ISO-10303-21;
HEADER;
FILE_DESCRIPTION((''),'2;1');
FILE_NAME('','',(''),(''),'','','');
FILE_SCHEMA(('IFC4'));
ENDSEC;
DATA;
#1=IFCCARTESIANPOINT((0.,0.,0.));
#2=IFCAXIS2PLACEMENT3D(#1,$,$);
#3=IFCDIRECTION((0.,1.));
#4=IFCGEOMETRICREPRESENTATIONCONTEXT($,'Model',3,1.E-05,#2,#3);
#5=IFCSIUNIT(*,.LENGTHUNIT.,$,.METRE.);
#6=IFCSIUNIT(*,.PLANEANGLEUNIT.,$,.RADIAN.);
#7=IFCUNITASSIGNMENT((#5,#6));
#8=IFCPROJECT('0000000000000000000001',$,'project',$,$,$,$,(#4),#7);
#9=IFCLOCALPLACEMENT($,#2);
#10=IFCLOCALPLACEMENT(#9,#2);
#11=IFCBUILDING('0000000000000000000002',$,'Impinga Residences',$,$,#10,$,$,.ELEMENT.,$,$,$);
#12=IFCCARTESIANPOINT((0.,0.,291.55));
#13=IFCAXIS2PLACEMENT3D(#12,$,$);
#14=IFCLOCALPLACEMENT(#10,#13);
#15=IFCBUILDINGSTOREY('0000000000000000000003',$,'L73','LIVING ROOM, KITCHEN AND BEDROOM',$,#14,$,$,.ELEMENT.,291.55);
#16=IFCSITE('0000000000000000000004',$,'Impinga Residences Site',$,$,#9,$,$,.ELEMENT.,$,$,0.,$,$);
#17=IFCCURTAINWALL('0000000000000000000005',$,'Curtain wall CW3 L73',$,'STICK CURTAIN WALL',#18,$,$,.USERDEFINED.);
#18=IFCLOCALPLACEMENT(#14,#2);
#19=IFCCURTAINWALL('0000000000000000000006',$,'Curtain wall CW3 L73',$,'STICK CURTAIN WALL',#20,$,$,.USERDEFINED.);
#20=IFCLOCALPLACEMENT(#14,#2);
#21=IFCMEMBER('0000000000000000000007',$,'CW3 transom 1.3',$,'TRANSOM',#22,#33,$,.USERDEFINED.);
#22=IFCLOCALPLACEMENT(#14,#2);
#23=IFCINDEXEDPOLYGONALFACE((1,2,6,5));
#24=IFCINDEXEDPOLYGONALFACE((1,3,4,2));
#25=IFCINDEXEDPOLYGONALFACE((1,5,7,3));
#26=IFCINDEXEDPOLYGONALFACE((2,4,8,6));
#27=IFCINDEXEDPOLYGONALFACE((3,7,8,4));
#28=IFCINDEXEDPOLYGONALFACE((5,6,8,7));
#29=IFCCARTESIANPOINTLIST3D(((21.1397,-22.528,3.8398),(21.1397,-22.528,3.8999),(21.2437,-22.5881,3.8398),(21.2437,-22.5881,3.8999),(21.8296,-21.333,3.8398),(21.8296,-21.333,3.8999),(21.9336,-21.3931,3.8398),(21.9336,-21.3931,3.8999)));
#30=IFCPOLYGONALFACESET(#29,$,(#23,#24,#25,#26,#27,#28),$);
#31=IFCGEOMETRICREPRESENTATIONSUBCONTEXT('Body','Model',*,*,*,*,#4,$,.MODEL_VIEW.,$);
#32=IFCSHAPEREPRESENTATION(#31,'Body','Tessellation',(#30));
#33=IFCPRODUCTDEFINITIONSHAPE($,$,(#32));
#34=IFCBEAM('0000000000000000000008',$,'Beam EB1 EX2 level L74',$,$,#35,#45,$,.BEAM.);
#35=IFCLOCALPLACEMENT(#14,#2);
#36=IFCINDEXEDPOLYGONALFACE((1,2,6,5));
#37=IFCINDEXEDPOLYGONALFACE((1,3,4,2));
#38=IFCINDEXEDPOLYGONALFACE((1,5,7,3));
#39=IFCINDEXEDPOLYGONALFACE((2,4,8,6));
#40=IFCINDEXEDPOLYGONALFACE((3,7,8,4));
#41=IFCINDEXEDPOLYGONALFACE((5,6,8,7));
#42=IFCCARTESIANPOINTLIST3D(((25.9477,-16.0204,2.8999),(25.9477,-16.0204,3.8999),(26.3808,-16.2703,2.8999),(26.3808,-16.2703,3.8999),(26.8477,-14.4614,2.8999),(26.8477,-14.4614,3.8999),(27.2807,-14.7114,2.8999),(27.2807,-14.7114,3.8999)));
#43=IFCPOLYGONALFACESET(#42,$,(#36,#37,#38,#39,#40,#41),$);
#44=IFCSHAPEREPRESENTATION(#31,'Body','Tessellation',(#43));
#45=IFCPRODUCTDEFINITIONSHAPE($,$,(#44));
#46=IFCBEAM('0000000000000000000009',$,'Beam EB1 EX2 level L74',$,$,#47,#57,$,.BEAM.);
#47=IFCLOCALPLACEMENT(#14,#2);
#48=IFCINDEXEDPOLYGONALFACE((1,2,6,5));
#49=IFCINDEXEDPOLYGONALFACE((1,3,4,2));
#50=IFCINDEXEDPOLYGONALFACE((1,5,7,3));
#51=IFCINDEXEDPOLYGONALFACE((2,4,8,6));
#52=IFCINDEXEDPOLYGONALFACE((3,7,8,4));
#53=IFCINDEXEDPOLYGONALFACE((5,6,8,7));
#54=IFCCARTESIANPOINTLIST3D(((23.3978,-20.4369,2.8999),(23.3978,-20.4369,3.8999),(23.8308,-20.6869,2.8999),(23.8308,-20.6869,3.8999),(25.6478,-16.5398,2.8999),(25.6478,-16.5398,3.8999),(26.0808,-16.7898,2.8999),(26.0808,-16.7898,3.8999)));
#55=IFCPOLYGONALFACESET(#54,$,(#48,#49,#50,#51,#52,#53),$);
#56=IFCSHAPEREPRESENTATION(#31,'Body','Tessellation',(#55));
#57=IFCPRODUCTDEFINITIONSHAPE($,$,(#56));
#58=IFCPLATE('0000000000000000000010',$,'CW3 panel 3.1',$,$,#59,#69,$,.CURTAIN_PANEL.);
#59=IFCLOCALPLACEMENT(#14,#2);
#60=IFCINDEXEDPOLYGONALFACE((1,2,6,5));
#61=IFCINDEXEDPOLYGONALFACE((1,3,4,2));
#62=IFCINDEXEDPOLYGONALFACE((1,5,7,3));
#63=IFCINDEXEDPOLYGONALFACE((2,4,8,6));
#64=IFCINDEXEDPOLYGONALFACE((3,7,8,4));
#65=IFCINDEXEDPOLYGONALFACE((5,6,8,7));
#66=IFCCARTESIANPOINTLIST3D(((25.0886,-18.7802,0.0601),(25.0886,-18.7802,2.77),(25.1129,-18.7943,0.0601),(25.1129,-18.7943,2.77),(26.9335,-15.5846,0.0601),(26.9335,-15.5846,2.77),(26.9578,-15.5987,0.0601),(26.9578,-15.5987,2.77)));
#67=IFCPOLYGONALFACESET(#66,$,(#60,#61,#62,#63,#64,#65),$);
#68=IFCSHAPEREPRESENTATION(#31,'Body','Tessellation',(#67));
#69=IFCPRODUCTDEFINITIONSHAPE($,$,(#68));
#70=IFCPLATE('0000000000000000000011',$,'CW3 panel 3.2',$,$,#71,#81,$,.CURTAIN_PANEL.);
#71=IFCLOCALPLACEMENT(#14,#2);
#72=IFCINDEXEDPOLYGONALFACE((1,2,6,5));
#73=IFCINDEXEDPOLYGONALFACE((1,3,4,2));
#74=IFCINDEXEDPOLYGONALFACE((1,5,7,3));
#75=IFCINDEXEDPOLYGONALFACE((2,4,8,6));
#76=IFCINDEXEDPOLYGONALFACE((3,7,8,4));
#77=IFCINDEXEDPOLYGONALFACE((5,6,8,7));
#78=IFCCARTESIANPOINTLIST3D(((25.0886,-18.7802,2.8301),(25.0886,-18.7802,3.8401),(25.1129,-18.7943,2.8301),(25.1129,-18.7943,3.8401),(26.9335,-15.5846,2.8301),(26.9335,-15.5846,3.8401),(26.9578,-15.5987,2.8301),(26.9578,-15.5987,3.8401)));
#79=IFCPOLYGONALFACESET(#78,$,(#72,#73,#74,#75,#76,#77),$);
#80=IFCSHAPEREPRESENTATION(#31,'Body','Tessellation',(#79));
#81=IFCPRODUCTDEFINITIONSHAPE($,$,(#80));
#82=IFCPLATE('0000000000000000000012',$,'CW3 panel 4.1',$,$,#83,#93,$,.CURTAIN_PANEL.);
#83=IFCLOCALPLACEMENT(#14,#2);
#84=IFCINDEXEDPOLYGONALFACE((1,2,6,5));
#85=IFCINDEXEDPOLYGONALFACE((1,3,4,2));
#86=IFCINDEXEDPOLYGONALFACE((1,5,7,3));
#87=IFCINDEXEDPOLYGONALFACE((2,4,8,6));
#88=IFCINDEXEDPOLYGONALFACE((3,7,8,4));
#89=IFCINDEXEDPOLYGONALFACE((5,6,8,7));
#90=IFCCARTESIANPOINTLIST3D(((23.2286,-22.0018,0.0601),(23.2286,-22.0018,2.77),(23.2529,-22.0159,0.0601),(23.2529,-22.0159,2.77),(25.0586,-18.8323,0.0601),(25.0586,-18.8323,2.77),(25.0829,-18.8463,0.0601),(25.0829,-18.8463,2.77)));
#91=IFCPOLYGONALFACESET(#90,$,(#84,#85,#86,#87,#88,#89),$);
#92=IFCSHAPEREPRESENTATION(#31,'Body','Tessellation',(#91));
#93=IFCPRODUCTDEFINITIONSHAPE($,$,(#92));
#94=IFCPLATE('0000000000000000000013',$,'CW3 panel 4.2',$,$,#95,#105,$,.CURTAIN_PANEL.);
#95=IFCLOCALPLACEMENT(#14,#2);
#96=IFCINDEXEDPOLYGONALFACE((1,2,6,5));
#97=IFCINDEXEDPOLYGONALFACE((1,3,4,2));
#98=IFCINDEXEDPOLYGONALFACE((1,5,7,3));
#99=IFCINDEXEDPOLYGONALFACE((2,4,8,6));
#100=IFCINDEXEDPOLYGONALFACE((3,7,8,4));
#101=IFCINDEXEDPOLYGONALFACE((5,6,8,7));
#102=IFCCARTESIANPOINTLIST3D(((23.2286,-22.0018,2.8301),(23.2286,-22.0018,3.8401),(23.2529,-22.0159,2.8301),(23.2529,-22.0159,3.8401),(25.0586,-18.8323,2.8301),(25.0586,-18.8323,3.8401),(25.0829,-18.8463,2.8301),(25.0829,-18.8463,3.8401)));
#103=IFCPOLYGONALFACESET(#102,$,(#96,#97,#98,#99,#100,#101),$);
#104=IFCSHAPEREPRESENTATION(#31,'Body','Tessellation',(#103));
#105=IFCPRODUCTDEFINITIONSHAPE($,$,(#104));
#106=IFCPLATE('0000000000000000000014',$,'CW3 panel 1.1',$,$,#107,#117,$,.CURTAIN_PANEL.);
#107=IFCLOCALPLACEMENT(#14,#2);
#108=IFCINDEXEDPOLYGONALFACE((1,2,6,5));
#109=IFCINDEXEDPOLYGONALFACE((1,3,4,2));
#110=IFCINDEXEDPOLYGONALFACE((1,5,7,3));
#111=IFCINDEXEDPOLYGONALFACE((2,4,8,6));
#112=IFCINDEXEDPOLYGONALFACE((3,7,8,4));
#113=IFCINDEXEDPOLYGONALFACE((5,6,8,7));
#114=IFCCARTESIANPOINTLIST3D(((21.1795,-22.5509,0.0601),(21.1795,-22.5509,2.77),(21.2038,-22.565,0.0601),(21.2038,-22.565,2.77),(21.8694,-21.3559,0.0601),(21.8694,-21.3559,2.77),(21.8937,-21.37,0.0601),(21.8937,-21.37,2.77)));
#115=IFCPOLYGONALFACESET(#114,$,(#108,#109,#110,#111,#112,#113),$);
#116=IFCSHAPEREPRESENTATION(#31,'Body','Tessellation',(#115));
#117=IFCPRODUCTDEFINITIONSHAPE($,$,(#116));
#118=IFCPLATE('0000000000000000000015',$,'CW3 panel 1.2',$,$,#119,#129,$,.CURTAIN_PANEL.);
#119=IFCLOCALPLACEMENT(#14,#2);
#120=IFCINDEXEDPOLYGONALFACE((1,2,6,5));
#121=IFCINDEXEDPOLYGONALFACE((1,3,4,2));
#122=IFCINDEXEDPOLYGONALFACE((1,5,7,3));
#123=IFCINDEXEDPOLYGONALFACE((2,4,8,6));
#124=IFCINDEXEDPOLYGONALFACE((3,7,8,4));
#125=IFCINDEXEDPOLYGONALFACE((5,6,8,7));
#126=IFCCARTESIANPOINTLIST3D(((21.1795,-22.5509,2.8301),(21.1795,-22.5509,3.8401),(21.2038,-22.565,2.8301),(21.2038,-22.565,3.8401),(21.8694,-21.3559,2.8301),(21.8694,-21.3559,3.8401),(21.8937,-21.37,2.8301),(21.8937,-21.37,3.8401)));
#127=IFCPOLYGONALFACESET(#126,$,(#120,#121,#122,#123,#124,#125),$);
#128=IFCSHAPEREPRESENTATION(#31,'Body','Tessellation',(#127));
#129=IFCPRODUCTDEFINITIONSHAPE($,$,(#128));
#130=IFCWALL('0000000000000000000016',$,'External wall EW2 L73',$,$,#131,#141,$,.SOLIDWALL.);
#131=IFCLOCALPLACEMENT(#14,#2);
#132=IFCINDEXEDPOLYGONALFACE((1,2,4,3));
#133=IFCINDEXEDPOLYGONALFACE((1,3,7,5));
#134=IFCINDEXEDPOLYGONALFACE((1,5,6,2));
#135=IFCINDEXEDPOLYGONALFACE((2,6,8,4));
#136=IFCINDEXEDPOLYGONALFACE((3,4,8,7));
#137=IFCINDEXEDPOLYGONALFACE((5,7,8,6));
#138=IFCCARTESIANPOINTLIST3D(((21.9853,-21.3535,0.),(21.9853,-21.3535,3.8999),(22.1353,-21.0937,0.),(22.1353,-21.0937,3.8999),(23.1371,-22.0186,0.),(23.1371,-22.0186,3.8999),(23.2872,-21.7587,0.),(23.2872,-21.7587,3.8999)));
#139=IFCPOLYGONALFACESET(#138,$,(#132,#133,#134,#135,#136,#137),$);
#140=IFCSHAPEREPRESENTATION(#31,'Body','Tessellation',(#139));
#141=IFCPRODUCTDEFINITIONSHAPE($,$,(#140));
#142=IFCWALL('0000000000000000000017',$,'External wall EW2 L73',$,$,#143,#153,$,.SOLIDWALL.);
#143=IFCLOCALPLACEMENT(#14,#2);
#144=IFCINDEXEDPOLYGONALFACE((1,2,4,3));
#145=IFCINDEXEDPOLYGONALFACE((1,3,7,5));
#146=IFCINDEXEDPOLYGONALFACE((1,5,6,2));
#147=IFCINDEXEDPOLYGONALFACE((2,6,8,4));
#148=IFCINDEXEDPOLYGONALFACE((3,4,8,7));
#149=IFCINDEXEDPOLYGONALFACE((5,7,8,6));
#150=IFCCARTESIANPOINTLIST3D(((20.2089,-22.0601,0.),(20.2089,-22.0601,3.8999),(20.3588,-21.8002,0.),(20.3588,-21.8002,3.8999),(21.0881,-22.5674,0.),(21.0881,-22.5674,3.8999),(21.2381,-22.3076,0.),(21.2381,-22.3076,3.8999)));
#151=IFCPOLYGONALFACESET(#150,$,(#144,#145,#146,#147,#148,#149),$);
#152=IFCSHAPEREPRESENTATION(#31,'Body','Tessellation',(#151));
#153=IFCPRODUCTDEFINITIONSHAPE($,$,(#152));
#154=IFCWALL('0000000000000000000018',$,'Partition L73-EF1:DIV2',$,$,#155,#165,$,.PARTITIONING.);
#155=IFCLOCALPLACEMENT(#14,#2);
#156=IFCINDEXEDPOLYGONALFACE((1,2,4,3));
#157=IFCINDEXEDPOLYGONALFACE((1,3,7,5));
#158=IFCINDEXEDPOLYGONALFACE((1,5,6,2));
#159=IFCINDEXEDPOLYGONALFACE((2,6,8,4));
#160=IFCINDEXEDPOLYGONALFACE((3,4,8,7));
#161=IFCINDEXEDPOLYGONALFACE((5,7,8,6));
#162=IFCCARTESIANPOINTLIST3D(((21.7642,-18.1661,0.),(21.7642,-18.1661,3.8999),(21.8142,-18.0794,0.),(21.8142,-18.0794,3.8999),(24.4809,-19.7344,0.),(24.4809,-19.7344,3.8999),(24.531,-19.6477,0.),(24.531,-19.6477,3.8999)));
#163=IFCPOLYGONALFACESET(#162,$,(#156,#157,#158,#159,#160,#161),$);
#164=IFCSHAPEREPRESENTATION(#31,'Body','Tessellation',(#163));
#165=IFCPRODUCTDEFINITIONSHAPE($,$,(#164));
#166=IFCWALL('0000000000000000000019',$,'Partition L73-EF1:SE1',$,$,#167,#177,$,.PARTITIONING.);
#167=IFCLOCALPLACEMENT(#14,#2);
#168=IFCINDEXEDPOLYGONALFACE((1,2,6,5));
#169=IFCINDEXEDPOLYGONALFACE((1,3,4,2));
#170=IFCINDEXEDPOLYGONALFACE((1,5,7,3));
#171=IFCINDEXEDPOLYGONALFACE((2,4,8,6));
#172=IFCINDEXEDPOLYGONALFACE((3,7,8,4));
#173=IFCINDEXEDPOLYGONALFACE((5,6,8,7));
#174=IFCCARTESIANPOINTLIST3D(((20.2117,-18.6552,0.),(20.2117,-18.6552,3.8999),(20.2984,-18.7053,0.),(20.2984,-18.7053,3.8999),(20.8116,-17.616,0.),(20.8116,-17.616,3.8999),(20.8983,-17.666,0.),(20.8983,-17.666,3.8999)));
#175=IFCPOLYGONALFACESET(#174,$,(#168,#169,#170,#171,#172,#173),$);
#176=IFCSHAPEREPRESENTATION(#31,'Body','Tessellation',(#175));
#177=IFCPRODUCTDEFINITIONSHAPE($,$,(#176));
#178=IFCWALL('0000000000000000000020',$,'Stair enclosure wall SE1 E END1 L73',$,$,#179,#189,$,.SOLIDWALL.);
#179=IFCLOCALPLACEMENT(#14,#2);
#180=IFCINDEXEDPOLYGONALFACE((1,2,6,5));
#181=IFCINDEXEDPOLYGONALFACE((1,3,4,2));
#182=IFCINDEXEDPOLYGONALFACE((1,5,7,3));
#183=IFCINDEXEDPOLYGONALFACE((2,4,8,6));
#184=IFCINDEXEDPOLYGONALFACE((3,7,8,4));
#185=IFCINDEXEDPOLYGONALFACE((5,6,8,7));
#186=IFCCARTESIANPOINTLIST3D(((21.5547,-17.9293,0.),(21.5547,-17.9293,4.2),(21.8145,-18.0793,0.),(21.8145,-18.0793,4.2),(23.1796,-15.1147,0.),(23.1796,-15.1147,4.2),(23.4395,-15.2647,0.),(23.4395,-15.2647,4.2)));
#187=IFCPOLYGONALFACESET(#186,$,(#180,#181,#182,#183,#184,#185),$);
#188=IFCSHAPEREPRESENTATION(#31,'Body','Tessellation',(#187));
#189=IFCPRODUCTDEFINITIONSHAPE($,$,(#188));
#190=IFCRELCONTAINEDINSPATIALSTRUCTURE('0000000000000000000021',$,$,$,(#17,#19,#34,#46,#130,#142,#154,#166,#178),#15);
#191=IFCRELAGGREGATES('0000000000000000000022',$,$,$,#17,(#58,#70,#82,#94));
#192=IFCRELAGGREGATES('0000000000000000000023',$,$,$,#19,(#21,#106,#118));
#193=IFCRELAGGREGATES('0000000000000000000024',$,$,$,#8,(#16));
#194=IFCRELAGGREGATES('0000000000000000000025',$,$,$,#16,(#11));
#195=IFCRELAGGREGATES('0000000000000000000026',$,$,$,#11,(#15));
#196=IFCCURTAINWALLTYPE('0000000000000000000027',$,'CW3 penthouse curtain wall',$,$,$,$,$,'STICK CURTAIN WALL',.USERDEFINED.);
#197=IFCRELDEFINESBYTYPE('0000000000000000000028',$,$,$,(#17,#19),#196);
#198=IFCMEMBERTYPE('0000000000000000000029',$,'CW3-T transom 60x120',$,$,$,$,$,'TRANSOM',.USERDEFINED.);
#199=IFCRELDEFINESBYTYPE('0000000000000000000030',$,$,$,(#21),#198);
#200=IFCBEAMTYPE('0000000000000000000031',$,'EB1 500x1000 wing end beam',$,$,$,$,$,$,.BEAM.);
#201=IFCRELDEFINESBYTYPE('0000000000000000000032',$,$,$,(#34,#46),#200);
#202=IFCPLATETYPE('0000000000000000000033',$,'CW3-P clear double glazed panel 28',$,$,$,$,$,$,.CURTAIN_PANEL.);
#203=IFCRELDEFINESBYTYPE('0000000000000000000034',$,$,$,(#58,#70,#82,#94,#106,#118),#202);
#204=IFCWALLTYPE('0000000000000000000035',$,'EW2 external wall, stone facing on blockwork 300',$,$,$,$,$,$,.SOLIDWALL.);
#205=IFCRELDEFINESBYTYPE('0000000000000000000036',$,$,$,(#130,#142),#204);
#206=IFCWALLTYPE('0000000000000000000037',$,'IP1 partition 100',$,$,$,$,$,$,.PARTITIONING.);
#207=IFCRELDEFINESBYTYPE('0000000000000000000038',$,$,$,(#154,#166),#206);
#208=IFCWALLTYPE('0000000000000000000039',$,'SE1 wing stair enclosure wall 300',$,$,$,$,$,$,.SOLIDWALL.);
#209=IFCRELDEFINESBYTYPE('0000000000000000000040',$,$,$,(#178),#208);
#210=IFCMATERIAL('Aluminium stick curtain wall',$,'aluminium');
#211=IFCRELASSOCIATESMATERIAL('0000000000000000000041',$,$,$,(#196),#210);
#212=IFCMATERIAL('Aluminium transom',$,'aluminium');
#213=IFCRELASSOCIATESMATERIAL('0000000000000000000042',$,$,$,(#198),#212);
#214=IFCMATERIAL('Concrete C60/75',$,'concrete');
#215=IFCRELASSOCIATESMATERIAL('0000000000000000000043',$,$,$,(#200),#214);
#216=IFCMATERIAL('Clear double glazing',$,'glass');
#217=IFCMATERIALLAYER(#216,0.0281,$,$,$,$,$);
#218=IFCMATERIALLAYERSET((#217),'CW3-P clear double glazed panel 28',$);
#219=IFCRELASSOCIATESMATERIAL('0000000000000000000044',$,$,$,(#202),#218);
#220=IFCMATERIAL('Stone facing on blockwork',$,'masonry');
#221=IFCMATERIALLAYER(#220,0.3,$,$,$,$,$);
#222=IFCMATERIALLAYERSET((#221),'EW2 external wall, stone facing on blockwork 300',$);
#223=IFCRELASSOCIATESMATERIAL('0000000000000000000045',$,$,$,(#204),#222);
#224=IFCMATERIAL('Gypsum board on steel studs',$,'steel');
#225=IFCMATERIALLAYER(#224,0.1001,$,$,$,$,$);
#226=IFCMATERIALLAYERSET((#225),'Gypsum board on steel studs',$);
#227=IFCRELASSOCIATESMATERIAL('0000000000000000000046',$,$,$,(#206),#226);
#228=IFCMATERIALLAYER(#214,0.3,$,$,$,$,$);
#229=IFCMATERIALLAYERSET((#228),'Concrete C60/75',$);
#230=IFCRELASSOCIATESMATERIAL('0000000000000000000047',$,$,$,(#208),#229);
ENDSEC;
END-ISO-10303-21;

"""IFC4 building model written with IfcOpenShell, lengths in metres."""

from ifc_helpers import new_model, si_unit, direction, frame, frame_2d, origin, origin_2d, place, context, subcontext, project, spatial, rectangle, extrude, material, layer, layer_set, material_profile, profile_set, type_object, element, aggregate, save


model = new_model("IFC4")

# Units and contexts
model_context = context("Model", 3, precision=1e-05, world=origin(), true_north=direction((0.0, 1.0)))
body_context = subcontext(model_context, "Body", "Model", "MODEL_VIEW")
ifc_project = project(units=[si_unit("LENGTHUNIT", "METRE"), si_unit("PLANEANGLEUNIT", "RADIAN")], contexts=[model_context])

# Site, building, storey
site_placement = place(None, origin())
site = spatial("IfcSite", under=ifc_project, at=site_placement, Name="Impinga Residences Site", CompositionType="ELEMENT", RefElevation=0.0)
building_placement = place(site_placement, origin())
building = spatial("IfcBuilding", under=site, at=building_placement, Name="Impinga Residences", CompositionType="ELEMENT")
storey_placement = place(building_placement, frame((0.0, 0.0, 291.55)))
storey = spatial("IfcBuildingStorey", under=building, at=storey_placement, Name="L73", Description="LIVING ROOM, KITCHEN AND BEDROOM", CompositionType="ELEMENT", Elevation=291.55)

# Shared definitions
ifc_material_1 = material(Name="Concrete C60/75", Category="concrete")

# Curtain walls
ifc_material_2 = material(Name="Aluminium stick curtain wall", Category="aluminium")
curtain_wall_type = type_object("IfcCurtainWallType", Name="CW3 penthouse curtain wall", ElementType="STICK CURTAIN WALL", PredefinedType="USERDEFINED", material=ifc_material_2)
curtain_wall_1_placement = place(storey_placement, origin())
curtain_wall_1 = element("IfcCurtainWall", 1, at=curtain_wall_1_placement, inside=storey, type_object=curtain_wall_type, Name="Curtain wall CW3 L73", ObjectType="STICK CURTAIN WALL", PredefinedType="USERDEFINED")
curtain_wall_2_placement = place(storey_placement, origin())
curtain_wall_2 = element("IfcCurtainWall", 2, at=curtain_wall_2_placement, inside=storey, type_object=curtain_wall_type, Name="Curtain wall CW3 L73", ObjectType="STICK CURTAIN WALL", PredefinedType="USERDEFINED")

# Member
ifc_material_3 = material(Name="Aluminium transom", Category="aluminium")
ifc_material_profile_1 = material_profile(ifc_material_3, rectangle(XDim=0.0601, YDim=0.1201, at=origin_2d()), Name="60x120 transom")
ifc_profile_set_1 = profile_set([ifc_material_profile_1], Name="Aluminium transom")
member_type_1 = type_object("IfcMemberType", Name="CW3-T transom 60x120", ElementType="TRANSOM", PredefinedType="USERDEFINED", material=ifc_profile_set_1)
member_1_placement = place(storey_placement, frame((21.8816, -21.363, 3.8699), z_axis=(-0.499983, -0.866035, 0.0), x_axis=(0.0, 0.0, 1.0)))
member_1 = element("IfcMember", 3, at=member_1_placement, type_object=member_type_1, Name="CW3 transom 1.3", ObjectType="TRANSOM", PredefinedType="USERDEFINED", context=body_context, shape_type="SweptSolid", body=[
    extrude(rectangle(XDim=0.0601, YDim=0.1201, at=origin_2d()), origin(), (0.0, 0.0, 1.0), 1.3799),
])

# Beams
ifc_material_profile_2 = material_profile(ifc_material_1, rectangle(XDim=0.5, YDim=1.0, at=origin_2d()), Name="RC 500x1000")
ifc_profile_set_2 = profile_set([ifc_material_profile_2], Name="Concrete C60/75")
beam_type_1 = type_object("IfcBeamType", Name="EB1 500x1000 wing end beam", PredefinedType="BEAM", material=ifc_profile_set_2)
beam_1_placement = place(storey_placement, frame((27.0642, -14.5864, 3.3999), z_axis=(-0.499961, -0.866048, 0.0), x_axis=(0.866048, -0.499961, 0.0)))
element("IfcBeam", 4, at=beam_1_placement, inside=storey, type_object=beam_type_1, Name="Beam EB1 EX2 level L74", PredefinedType="BEAM", context=body_context, shape_type="SweptSolid", body=[
    extrude(rectangle(XDim=0.5, YDim=1.0, at=origin_2d()), origin(), (0.0, 0.0, 1.0), 1.8),
])
beam_2_placement = place(storey_placement, frame((25.8643, -16.6648, 3.3999), z_axis=(-0.49999, -0.866031, 0.0), x_axis=(0.866031, -0.49999, 0.0)))
element("IfcBeam", 5, at=beam_2_placement, inside=storey, type_object=beam_type_1, Name="Beam EB1 EX2 level L74", PredefinedType="BEAM", context=body_context, shape_type="SweptSolid", body=[
    extrude(rectangle(XDim=0.5, YDim=1.0, at=origin_2d()), origin(), (0.0, 0.0, 1.0), 4.5),
])

# Plates
ifc_material_4 = material(Name="Clear double glazing", Category="glass")
ifc_layer_1 = layer(ifc_material_4, 0.0281)
ifc_layer_set_1 = layer_set([ifc_layer_1], Name="CW3-P clear double glazed panel 28")
plate_type = type_object("IfcPlateType", Name="CW3-P clear double glazed panel 28", PredefinedType="CURTAIN_PANEL", material=ifc_layer_set_1)
plate_1_placement = place(storey_placement, frame((26.0232, -17.1895, 0.0601), z_axis=(0.0, 0.0, 1.0), x_axis=(-0.5, -0.866025, 0.0)))
plate_1 = element("IfcPlate", 6, at=plate_1_placement, type_object=plate_type, Name="CW3 panel 3.1", PredefinedType="CURTAIN_PANEL", context=body_context, shape_type="SweptSolid", body=[
    extrude(rectangle(XDim=3.6899, YDim=0.0281, at=origin_2d()), origin(), (0.0, 0.0, 1.0), 2.71),
])
plate_2_placement = place(storey_placement, frame((26.0232, -17.1895, 2.8301), z_axis=(0.0, 0.0, 1.0), x_axis=(-0.5, -0.866025, 0.0)))
plate_2 = element("IfcPlate", 7, at=plate_2_placement, type_object=plate_type, Name="CW3 panel 3.2", PredefinedType="CURTAIN_PANEL", context=body_context, shape_type="SweptSolid", body=[
    extrude(rectangle(XDim=3.6899, YDim=0.0281, at=origin_2d()), origin(), (0.0, 0.0, 1.0), 1.01),
])
plate_3_placement = place(storey_placement, frame((24.1558, -20.4241, 0.0601), z_axis=(0.0, 0.0, 1.0), x_axis=(-0.5, -0.866025, 0.0)))
plate_3 = element("IfcPlate", 8, at=plate_3_placement, type_object=plate_type, Name="CW3 panel 4.1", PredefinedType="CURTAIN_PANEL", context=body_context, shape_type="SweptSolid", body=[
    extrude(rectangle(XDim=3.6599, YDim=0.0281, at=origin_2d()), origin(), (0.0, 0.0, 1.0), 2.71),
])
plate_4_placement = place(storey_placement, frame((24.1558, -20.4241, 2.8301), z_axis=(0.0, 0.0, 1.0), x_axis=(-0.5, -0.866025, 0.0)))
plate_4 = element("IfcPlate", 9, at=plate_4_placement, type_object=plate_type, Name="CW3 panel 4.2", PredefinedType="CURTAIN_PANEL", context=body_context, shape_type="SweptSolid", body=[
    extrude(rectangle(XDim=3.6599, YDim=0.0281, at=origin_2d()), origin(), (0.0, 0.0, 1.0), 1.01),
])
aggregate(curtain_wall_1, [plate_1, plate_2, plate_3, plate_4])
plate_5_placement = place(storey_placement, frame((21.5366, -21.9604, 0.0601), z_axis=(0.0, 0.0, 1.0), x_axis=(-0.5, -0.866025, 0.0)))
plate_5 = element("IfcPlate", 10, at=plate_5_placement, type_object=plate_type, Name="CW3 panel 1.1", PredefinedType="CURTAIN_PANEL", context=body_context, shape_type="SweptSolid", body=[
    extrude(rectangle(XDim=1.3799, YDim=0.0281, at=origin_2d()), origin(), (0.0, 0.0, 1.0), 2.71),
])
plate_6_placement = place(storey_placement, frame((21.5366, -21.9604, 2.8301), z_axis=(0.0, 0.0, 1.0), x_axis=(-0.5, -0.866025, 0.0)))
plate_6 = element("IfcPlate", 11, at=plate_6_placement, type_object=plate_type, Name="CW3 panel 1.2", PredefinedType="CURTAIN_PANEL", context=body_context, shape_type="SweptSolid", body=[
    extrude(rectangle(XDim=1.3799, YDim=0.0281, at=origin_2d()), origin(), (0.0, 0.0, 1.0), 1.01),
])
aggregate(curtain_wall_2, [member_1, plate_5, plate_6])

# Walls
ifc_material_5 = material(Name="Stone facing on blockwork", Category="masonry")
ifc_layer_2 = layer(ifc_material_5, 0.3)
ifc_layer_set_2 = layer_set([ifc_layer_2], Name="EW2 external wall, stone facing on blockwork 300")
wall_type_1 = type_object("IfcWallType", Name="EW2 external wall, stone facing on blockwork 300", PredefinedType="SOLIDWALL", material=ifc_layer_set_2)
wall_1_placement = place(storey_placement, frame((23.2122, -21.8887, 0.0), z_axis=(0.0, 0.0, 1.0), x_axis=(-0.866021, 0.500008, 0.0)))
element("IfcWall", 12, at=wall_1_placement, inside=storey, type_object=wall_type_1, Name="External wall EW2 L73", PredefinedType="SOLIDWALL", context=body_context, shape_type="SweptSolid", body=[
    extrude(rectangle(XDim=1.3301, YDim=0.3, at=frame_2d((0.665, 0.0))), origin(), (0.0, 0.0, 1.0), 3.8999),
])
wall_2_placement = place(storey_placement, frame((21.1631, -22.4375, 0.0), z_axis=(0.0, 0.0, 1.0), x_axis=(-0.866134, 0.499813, 0.0)))
element("IfcWall", 13, at=wall_2_placement, inside=storey, type_object=wall_type_1, Name="External wall EW2 L73", PredefinedType="SOLIDWALL", context=body_context, shape_type="SweptSolid", body=[
    extrude(rectangle(XDim=1.0151, YDim=0.3, at=frame_2d((0.5076, 0.0))), origin(), (0.0, 0.0, 1.0), 3.8999),
])
ifc_material_6 = material(Name="Gypsum board on steel studs", Category="steel")
ifc_layer_3 = layer(ifc_material_6, 0.1001)
ifc_layer_set_3 = layer_set([ifc_layer_3], Name="Gypsum board on steel studs")
wall_type_2 = type_object("IfcWallType", Name="IP1 partition 100", PredefinedType="PARTITIONING", material=ifc_layer_set_3)
wall_3_placement = place(storey_placement, frame((21.7893, -18.1228, 0.0), z_axis=(0.0, 0.0, 1.0), x_axis=(0.866051, -0.499956, 0.0)))
element("IfcWall", 14, at=wall_3_placement, inside=storey, type_object=wall_type_2, Name="Partition L73-EF1:DIV2", PredefinedType="PARTITIONING", context=body_context, shape_type="SweptSolid", body=[
    extrude(rectangle(XDim=3.137, YDim=0.1001, at=frame_2d((1.5684, 0.0))), origin(), (0.0, 0.0, 1.0), 3.8999),
])
wall_4_placement = place(storey_placement, frame((20.855, -17.6409, 0.0), z_axis=(0.0, 0.0, 1.0), x_axis=(-0.499881, -0.866094, 0.0)))
element("IfcWall", 15, at=wall_4_placement, inside=storey, type_object=wall_type_2, Name="Partition L73-EF1:SE1", PredefinedType="PARTITIONING", context=body_context, shape_type="SweptSolid", body=[
    extrude(rectangle(XDim=1.2, YDim=0.1001, at=frame_2d((0.6001, 0.0))), origin(), (0.0, 0.0, 1.0), 3.8999),
])
ifc_layer_4 = layer(ifc_material_1, 0.3)
ifc_layer_set_4 = layer_set([ifc_layer_4], Name="Concrete C60/75")
wall_type_3 = type_object("IfcWallType", Name="SE1 wing stair enclosure wall 300", PredefinedType="SOLIDWALL", material=ifc_layer_set_4)
wall_5_placement = place(storey_placement, frame((23.3096, -15.1897, 0.0), z_axis=(0.0, 0.0, 1.0), x_axis=(-0.499985, -0.866034, 0.0)))
element("IfcWall", 16, at=wall_5_placement, inside=storey, type_object=wall_type_3, Name="Stair enclosure wall SE1 E END1 L73", PredefinedType="SOLIDWALL", context=body_context, shape_type="SweptSolid", body=[
    extrude(rectangle(XDim=3.25, YDim=0.3, at=frame_2d((1.625, 0.0))), origin(), (0.0, 0.0, 1.0), 4.2),
])

save(model, "model.ifc")
